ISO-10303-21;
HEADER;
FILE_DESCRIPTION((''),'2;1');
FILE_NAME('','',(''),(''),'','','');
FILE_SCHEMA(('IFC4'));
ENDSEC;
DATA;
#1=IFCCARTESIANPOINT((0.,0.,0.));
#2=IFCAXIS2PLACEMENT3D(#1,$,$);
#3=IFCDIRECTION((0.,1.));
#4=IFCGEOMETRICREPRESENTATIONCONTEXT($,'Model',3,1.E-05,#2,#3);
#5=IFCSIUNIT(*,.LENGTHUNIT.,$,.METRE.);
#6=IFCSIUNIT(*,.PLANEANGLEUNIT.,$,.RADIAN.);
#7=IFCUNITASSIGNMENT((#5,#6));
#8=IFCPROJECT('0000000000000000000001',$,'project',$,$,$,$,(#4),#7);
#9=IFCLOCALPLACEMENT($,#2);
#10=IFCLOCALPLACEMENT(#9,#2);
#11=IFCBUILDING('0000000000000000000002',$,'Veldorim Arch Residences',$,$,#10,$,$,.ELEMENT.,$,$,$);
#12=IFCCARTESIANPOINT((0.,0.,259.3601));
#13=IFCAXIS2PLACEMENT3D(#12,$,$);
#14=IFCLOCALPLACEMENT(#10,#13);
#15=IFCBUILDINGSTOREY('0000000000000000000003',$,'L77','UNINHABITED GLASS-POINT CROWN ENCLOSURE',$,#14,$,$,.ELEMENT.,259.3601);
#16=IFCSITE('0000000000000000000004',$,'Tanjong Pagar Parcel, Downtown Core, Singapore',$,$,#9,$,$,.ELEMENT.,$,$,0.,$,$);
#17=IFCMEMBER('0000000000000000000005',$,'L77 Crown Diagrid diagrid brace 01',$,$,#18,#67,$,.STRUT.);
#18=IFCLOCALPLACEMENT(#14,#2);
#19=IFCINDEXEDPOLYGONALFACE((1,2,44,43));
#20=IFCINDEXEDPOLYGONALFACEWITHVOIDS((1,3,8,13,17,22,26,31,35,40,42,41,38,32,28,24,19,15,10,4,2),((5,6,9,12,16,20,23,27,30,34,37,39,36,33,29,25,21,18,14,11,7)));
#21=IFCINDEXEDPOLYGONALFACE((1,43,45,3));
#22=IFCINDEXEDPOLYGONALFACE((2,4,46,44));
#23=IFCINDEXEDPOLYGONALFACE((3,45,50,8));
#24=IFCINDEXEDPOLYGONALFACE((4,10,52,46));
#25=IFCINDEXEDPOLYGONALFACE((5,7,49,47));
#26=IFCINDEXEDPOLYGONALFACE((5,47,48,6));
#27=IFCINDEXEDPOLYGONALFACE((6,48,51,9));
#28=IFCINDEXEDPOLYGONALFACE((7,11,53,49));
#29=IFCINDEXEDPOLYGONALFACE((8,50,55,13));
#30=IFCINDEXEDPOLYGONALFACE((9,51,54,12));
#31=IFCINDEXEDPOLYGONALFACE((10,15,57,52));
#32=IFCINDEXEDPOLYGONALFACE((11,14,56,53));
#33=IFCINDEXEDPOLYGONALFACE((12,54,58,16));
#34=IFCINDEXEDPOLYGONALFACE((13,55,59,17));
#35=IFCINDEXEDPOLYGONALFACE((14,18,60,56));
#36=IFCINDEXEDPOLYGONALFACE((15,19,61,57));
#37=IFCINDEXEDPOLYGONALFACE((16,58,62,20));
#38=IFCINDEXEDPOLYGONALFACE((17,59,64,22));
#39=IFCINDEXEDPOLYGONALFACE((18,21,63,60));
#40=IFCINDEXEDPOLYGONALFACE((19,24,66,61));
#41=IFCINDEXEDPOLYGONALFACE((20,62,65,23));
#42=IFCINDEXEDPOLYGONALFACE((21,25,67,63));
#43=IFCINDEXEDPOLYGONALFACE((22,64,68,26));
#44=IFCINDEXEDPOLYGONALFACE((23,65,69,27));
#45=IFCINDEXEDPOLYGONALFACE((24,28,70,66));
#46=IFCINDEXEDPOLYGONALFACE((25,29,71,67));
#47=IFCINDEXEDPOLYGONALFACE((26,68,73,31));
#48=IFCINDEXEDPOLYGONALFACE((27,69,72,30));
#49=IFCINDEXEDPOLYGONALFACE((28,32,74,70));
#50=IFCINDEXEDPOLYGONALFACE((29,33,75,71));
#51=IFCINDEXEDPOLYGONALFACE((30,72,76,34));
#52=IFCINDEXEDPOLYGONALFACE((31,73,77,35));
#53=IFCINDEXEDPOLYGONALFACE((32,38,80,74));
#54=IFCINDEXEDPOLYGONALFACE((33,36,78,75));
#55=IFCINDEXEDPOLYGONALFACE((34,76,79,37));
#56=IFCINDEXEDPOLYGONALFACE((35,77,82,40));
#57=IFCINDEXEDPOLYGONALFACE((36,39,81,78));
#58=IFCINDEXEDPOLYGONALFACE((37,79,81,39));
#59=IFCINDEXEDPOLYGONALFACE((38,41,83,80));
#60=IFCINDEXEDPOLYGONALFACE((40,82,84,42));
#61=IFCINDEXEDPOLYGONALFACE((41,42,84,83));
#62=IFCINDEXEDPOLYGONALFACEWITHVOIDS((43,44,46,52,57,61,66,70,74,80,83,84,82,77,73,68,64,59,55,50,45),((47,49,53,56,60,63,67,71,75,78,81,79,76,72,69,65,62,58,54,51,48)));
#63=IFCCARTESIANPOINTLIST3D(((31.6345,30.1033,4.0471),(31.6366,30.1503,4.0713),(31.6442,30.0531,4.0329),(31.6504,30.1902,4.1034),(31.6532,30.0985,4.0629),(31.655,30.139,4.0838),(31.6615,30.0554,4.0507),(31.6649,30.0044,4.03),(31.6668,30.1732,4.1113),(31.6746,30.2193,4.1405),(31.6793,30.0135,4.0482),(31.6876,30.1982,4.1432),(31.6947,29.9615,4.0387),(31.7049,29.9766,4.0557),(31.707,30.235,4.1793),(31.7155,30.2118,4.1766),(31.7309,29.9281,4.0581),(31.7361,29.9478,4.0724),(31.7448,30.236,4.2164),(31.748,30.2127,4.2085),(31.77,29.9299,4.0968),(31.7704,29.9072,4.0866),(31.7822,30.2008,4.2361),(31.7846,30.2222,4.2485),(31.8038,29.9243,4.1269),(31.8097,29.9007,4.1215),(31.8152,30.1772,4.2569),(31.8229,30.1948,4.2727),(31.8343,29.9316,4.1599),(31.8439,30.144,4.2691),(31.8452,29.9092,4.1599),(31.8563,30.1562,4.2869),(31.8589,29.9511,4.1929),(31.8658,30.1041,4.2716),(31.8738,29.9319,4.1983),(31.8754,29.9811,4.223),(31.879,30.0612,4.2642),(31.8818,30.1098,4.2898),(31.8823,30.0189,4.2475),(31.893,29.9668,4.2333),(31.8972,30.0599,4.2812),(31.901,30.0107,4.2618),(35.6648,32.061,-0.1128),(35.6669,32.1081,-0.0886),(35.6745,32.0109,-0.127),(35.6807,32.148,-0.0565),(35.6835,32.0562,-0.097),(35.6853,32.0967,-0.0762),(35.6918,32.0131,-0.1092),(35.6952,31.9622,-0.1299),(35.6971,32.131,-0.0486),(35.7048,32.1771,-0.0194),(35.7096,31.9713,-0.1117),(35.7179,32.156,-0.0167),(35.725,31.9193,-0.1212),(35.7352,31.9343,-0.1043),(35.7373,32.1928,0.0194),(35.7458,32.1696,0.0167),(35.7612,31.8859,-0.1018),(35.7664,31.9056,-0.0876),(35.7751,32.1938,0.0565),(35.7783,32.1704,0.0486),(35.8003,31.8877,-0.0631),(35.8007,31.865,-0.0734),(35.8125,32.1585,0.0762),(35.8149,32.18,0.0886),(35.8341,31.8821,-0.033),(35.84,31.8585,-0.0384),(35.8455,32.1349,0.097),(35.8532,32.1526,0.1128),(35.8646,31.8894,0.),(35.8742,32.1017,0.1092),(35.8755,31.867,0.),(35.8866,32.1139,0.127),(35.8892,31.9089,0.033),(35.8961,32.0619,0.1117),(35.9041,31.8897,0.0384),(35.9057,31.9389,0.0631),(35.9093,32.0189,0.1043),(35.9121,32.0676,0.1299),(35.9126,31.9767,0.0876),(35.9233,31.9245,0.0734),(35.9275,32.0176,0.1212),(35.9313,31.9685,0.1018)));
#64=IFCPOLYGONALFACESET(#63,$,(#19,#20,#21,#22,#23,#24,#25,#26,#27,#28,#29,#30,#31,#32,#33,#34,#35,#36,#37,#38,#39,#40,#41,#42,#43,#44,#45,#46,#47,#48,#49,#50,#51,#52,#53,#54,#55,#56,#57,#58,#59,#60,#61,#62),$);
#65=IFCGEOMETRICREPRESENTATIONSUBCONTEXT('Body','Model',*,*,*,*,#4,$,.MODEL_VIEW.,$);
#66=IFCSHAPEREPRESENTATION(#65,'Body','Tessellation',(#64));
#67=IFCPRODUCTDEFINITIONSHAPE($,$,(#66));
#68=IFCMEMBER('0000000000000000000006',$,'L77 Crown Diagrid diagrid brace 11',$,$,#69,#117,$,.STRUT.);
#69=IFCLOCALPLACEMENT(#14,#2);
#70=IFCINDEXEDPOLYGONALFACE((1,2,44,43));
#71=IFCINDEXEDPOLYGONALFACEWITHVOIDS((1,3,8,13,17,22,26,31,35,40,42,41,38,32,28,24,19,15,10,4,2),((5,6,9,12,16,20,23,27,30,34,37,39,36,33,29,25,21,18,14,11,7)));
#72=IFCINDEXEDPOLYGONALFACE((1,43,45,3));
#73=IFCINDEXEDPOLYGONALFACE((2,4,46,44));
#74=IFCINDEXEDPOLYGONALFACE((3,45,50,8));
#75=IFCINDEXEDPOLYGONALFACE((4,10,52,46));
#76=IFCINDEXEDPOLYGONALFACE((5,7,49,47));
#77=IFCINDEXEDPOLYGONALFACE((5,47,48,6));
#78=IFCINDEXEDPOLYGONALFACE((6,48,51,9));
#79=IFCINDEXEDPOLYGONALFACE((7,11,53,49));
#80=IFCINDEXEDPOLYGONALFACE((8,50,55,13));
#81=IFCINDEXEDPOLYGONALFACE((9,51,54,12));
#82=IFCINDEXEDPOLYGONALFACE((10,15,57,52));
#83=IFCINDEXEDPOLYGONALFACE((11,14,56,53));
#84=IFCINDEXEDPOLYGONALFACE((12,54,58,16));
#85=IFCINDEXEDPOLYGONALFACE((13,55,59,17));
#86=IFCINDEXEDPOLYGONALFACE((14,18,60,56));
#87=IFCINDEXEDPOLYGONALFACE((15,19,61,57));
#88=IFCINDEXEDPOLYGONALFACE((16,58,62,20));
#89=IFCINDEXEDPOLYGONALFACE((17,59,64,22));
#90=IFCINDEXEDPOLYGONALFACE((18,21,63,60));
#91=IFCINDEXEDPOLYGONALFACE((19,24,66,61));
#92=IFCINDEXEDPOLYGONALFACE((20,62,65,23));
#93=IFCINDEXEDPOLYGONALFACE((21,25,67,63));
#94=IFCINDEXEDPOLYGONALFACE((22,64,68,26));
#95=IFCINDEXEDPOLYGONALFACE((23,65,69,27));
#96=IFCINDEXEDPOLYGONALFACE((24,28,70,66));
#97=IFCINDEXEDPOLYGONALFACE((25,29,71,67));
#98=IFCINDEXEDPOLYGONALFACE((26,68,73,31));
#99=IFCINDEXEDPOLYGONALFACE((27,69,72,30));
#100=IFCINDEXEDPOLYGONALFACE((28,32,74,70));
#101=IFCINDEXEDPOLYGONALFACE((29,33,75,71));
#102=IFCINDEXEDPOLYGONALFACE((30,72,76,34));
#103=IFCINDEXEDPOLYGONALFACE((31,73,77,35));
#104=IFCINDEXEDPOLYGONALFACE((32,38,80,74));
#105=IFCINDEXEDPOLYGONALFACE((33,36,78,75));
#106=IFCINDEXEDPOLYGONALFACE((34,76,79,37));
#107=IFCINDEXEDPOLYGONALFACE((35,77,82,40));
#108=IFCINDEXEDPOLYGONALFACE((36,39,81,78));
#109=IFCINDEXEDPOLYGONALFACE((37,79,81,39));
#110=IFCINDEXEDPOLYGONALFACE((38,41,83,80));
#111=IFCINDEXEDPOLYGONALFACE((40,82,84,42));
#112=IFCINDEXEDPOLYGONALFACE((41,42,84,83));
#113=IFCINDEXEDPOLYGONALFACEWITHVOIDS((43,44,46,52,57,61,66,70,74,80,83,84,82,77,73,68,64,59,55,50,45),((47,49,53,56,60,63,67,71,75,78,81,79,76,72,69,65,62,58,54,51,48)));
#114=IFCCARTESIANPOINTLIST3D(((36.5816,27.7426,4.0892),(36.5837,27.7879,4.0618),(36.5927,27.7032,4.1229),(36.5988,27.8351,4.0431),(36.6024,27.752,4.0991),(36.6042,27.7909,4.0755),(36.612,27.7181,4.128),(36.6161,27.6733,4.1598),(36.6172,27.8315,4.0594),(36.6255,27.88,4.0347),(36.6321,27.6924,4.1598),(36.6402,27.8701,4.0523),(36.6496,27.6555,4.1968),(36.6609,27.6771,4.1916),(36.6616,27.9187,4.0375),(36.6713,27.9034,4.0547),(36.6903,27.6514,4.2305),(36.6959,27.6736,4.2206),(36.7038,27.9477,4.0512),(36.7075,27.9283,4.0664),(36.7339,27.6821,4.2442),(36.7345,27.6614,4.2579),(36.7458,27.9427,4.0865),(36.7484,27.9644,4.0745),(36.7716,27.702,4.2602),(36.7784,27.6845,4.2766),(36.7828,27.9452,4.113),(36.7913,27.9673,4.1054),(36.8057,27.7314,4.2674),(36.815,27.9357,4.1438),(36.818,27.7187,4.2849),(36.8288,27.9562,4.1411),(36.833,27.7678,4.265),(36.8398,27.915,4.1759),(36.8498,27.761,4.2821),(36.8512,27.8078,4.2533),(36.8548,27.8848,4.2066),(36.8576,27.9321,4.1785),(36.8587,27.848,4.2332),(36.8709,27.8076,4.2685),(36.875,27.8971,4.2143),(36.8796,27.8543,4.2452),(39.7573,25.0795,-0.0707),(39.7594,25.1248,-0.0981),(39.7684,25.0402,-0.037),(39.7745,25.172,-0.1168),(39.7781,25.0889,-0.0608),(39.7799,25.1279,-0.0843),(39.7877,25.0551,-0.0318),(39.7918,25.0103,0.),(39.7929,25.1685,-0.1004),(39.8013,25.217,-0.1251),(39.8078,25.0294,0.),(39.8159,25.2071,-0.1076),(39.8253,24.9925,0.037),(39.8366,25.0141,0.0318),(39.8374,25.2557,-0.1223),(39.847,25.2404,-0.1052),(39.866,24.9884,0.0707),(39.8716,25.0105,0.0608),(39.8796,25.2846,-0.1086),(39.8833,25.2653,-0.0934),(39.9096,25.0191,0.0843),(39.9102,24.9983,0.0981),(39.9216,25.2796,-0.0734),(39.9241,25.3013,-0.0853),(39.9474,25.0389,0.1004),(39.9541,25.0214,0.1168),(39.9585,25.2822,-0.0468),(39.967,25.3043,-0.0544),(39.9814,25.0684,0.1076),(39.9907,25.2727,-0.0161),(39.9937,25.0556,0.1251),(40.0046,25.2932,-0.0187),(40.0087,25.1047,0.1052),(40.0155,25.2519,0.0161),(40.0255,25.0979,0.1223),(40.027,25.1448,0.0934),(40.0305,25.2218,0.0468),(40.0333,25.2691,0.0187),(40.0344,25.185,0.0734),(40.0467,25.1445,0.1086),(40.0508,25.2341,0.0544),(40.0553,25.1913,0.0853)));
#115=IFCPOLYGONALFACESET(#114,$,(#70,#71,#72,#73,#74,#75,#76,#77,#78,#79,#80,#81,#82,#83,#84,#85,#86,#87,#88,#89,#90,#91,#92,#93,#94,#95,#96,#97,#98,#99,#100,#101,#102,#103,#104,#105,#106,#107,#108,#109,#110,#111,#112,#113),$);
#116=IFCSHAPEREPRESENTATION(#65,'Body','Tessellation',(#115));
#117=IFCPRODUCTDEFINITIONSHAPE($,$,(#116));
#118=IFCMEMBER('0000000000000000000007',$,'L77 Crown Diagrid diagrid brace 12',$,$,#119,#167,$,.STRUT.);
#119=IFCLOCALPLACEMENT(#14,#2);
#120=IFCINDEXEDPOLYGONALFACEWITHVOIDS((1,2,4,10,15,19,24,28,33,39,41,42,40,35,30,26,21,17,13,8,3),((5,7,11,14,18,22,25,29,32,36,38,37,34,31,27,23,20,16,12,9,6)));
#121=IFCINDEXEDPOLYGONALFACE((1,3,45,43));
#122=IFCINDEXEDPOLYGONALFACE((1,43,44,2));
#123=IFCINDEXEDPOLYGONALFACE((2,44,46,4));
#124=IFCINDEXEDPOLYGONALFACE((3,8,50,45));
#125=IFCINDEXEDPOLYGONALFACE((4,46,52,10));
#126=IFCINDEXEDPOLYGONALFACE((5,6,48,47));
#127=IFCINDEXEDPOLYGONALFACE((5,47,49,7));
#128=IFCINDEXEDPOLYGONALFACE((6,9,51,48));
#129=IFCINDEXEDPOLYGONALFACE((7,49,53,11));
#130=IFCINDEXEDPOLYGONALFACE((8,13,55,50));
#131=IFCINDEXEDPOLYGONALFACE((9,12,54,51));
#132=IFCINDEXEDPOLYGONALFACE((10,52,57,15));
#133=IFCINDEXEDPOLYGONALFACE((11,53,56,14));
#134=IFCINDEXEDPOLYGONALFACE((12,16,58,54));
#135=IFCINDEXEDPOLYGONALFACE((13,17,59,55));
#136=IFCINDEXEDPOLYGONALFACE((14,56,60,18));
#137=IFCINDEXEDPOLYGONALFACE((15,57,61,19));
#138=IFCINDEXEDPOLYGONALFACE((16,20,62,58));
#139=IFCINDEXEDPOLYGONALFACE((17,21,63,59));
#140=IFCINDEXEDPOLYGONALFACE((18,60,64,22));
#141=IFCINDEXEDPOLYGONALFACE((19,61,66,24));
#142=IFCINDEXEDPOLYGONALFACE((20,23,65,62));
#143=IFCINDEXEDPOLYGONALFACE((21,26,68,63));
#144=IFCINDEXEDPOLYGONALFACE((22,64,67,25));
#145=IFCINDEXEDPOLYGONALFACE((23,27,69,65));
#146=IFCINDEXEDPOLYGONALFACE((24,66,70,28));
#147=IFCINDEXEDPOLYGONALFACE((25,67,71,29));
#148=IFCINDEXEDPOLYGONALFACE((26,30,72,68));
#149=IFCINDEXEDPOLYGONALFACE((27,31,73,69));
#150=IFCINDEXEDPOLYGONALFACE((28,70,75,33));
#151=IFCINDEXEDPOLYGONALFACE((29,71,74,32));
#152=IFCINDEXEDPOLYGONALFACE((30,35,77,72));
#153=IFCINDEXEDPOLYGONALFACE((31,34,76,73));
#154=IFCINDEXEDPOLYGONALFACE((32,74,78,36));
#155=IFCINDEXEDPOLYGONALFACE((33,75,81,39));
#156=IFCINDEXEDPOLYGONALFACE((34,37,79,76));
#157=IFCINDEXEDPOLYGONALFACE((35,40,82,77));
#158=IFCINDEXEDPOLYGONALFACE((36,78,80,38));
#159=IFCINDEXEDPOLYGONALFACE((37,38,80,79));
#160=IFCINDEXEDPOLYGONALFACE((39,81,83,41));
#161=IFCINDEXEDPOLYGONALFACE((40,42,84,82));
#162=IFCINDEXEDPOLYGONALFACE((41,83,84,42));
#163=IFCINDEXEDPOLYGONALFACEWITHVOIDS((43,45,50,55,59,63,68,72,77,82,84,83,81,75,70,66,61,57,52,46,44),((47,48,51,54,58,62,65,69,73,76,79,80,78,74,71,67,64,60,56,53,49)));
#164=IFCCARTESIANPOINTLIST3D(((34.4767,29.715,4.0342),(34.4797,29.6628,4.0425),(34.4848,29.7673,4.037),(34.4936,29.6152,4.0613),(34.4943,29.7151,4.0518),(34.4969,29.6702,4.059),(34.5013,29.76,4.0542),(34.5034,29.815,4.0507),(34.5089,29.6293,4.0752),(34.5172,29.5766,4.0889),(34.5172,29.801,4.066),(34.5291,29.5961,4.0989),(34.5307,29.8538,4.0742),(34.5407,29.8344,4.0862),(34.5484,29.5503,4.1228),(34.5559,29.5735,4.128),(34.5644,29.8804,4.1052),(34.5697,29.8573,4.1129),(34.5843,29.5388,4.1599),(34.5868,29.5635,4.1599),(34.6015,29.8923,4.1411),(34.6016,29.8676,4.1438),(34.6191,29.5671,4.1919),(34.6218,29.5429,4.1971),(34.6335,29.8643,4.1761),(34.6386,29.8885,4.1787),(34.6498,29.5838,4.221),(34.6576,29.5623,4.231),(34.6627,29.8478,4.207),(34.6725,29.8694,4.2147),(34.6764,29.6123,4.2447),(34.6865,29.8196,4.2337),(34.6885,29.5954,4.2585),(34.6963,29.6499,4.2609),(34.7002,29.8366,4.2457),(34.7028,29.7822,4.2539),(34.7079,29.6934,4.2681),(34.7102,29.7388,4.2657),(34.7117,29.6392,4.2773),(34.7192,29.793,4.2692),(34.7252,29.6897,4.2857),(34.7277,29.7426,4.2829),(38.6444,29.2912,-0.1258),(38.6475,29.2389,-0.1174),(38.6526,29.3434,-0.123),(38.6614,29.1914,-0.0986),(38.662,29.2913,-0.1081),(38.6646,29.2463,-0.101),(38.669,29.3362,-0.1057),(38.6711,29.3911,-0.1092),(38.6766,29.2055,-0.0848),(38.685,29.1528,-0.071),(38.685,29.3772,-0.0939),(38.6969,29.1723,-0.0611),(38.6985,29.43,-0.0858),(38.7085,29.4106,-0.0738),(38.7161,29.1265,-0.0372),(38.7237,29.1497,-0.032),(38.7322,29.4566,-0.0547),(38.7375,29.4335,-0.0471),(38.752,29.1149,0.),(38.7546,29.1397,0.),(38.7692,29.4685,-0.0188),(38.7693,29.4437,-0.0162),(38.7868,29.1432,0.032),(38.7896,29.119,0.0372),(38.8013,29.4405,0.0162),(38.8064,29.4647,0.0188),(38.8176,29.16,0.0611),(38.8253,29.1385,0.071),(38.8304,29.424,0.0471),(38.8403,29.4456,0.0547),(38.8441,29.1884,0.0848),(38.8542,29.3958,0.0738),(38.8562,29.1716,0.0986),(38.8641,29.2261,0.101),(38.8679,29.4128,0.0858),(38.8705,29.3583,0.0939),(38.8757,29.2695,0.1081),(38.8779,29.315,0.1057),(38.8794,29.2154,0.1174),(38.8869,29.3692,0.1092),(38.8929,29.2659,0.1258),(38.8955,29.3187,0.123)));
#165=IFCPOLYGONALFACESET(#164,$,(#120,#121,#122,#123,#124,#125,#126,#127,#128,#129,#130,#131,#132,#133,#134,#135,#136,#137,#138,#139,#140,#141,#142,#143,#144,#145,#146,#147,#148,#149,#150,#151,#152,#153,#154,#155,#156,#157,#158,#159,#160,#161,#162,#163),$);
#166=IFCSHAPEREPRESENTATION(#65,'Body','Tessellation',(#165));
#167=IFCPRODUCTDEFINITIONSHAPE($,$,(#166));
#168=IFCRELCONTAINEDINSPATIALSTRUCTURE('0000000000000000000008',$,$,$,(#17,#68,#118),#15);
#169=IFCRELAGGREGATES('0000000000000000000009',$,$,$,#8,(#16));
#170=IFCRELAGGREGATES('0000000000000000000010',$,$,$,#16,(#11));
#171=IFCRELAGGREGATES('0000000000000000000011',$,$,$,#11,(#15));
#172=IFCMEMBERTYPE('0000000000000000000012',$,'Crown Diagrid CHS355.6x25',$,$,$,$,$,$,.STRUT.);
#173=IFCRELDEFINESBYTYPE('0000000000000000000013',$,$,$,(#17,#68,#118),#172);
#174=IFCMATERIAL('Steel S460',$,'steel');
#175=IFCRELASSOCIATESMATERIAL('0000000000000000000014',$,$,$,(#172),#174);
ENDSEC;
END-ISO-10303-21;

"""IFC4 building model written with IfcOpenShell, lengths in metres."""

from ifc_helpers import new_model, si_unit, direction, frame, origin, origin_2d, place, context, subcontext, project, spatial, hollow_circle, extrude, material, material_profile, profile_set, type_object, element, save


model = new_model("IFC4")

# Units and contexts
model_context = context("Model", 3, precision=1e-05, world=origin(), true_north=direction((0.0, 1.0)))
body_context = subcontext(model_context, "Body", "Model", "MODEL_VIEW")
ifc_project = project(units=[si_unit("LENGTHUNIT", "METRE"), si_unit("PLANEANGLEUNIT", "RADIAN")], contexts=[model_context])

# Site, building, storey
site_placement = place(None, origin())
site = spatial("IfcSite", under=ifc_project, at=site_placement, Name="Tanjong Pagar Parcel, Downtown Core, Singapore", CompositionType="ELEMENT", RefElevation=0.0)
building_placement = place(site_placement, origin())
building = spatial("IfcBuilding", under=site, at=building_placement, Name="Veldorim Arch Residences", CompositionType="ELEMENT")
storey_placement = place(building_placement, frame((0.0, 0.0, 259.3601)))
storey = spatial("IfcBuildingStorey", under=building, at=storey_placement, Name="L77", Description="UNINHABITED GLASS-POINT CROWN ENCLOSURE", CompositionType="ELEMENT", Elevation=259.3601)

# Members
ifc_material_1 = material(Name="Steel S460", Category="steel")
ifc_material_profile_1 = material_profile(ifc_material_1, hollow_circle(Radius=0.1777, WallThickness=0.0249, at=origin_2d()), Name="CHS355.6x25")
ifc_profile_set_1 = profile_set([ifc_material_profile_1], Name="Steel S460")
member_type_1 = type_object("IfcMemberType", Name="Crown Diagrid CHS355.6x25", PredefinedType="STRUT", material=ifc_profile_set_1)
member_1_placement = place(storey_placement, frame((35.7979, 32.0269, 0.0), z_axis=(-0.659189, -0.320211, 0.680393), x_axis=(0.43694, -0.89949, 0.0)))
element("IfcMember", 1, at=member_1_placement, inside=storey, type_object=member_type_1, Name="L77 Crown Diagrid diagrid brace 01", PredefinedType="STRUT", context=body_context, shape_type="SweptSolid", body=[
    extrude(hollow_circle(Radius=0.1777, WallThickness=0.0249, at=origin_2d()), origin(), (0.0, 0.0, 1.0), 6.114),
])
member_2_placement = place(storey_placement, frame((39.906, 25.1465, 0.0), z_axis=(-0.540818, 0.453509, 0.70841), x_axis=(-0.642545, -0.766248, 0.0)))
element("IfcMember", 2, at=member_2_placement, inside=storey, type_object=member_type_1, Name="L77 Crown Diagrid diagrid brace 11", PredefinedType="STRUT", context=body_context, shape_type="SweptSolid", body=[
    extrude(hollow_circle(Radius=0.1777, WallThickness=0.0249, at=origin_2d()), origin(), (0.0, 0.0, 1.0), 5.8721),
])
member_3_placement = place(storey_placement, frame((38.77, 29.2917, 0.0), z_axis=(-0.705944, 0.071789, 0.70462), x_axis=(-0.101171, -0.994869, 0.0)))
element("IfcMember", 3, at=member_3_placement, inside=storey, type_object=member_type_1, Name="L77 Crown Diagrid diagrid brace 12", PredefinedType="STRUT", context=body_context, shape_type="SweptSolid", body=[
    extrude(hollow_circle(Radius=0.1777, WallThickness=0.0249, at=origin_2d()), origin(), (0.0, 0.0, 1.0), 5.9038),
])

save(model, "model.ifc")
